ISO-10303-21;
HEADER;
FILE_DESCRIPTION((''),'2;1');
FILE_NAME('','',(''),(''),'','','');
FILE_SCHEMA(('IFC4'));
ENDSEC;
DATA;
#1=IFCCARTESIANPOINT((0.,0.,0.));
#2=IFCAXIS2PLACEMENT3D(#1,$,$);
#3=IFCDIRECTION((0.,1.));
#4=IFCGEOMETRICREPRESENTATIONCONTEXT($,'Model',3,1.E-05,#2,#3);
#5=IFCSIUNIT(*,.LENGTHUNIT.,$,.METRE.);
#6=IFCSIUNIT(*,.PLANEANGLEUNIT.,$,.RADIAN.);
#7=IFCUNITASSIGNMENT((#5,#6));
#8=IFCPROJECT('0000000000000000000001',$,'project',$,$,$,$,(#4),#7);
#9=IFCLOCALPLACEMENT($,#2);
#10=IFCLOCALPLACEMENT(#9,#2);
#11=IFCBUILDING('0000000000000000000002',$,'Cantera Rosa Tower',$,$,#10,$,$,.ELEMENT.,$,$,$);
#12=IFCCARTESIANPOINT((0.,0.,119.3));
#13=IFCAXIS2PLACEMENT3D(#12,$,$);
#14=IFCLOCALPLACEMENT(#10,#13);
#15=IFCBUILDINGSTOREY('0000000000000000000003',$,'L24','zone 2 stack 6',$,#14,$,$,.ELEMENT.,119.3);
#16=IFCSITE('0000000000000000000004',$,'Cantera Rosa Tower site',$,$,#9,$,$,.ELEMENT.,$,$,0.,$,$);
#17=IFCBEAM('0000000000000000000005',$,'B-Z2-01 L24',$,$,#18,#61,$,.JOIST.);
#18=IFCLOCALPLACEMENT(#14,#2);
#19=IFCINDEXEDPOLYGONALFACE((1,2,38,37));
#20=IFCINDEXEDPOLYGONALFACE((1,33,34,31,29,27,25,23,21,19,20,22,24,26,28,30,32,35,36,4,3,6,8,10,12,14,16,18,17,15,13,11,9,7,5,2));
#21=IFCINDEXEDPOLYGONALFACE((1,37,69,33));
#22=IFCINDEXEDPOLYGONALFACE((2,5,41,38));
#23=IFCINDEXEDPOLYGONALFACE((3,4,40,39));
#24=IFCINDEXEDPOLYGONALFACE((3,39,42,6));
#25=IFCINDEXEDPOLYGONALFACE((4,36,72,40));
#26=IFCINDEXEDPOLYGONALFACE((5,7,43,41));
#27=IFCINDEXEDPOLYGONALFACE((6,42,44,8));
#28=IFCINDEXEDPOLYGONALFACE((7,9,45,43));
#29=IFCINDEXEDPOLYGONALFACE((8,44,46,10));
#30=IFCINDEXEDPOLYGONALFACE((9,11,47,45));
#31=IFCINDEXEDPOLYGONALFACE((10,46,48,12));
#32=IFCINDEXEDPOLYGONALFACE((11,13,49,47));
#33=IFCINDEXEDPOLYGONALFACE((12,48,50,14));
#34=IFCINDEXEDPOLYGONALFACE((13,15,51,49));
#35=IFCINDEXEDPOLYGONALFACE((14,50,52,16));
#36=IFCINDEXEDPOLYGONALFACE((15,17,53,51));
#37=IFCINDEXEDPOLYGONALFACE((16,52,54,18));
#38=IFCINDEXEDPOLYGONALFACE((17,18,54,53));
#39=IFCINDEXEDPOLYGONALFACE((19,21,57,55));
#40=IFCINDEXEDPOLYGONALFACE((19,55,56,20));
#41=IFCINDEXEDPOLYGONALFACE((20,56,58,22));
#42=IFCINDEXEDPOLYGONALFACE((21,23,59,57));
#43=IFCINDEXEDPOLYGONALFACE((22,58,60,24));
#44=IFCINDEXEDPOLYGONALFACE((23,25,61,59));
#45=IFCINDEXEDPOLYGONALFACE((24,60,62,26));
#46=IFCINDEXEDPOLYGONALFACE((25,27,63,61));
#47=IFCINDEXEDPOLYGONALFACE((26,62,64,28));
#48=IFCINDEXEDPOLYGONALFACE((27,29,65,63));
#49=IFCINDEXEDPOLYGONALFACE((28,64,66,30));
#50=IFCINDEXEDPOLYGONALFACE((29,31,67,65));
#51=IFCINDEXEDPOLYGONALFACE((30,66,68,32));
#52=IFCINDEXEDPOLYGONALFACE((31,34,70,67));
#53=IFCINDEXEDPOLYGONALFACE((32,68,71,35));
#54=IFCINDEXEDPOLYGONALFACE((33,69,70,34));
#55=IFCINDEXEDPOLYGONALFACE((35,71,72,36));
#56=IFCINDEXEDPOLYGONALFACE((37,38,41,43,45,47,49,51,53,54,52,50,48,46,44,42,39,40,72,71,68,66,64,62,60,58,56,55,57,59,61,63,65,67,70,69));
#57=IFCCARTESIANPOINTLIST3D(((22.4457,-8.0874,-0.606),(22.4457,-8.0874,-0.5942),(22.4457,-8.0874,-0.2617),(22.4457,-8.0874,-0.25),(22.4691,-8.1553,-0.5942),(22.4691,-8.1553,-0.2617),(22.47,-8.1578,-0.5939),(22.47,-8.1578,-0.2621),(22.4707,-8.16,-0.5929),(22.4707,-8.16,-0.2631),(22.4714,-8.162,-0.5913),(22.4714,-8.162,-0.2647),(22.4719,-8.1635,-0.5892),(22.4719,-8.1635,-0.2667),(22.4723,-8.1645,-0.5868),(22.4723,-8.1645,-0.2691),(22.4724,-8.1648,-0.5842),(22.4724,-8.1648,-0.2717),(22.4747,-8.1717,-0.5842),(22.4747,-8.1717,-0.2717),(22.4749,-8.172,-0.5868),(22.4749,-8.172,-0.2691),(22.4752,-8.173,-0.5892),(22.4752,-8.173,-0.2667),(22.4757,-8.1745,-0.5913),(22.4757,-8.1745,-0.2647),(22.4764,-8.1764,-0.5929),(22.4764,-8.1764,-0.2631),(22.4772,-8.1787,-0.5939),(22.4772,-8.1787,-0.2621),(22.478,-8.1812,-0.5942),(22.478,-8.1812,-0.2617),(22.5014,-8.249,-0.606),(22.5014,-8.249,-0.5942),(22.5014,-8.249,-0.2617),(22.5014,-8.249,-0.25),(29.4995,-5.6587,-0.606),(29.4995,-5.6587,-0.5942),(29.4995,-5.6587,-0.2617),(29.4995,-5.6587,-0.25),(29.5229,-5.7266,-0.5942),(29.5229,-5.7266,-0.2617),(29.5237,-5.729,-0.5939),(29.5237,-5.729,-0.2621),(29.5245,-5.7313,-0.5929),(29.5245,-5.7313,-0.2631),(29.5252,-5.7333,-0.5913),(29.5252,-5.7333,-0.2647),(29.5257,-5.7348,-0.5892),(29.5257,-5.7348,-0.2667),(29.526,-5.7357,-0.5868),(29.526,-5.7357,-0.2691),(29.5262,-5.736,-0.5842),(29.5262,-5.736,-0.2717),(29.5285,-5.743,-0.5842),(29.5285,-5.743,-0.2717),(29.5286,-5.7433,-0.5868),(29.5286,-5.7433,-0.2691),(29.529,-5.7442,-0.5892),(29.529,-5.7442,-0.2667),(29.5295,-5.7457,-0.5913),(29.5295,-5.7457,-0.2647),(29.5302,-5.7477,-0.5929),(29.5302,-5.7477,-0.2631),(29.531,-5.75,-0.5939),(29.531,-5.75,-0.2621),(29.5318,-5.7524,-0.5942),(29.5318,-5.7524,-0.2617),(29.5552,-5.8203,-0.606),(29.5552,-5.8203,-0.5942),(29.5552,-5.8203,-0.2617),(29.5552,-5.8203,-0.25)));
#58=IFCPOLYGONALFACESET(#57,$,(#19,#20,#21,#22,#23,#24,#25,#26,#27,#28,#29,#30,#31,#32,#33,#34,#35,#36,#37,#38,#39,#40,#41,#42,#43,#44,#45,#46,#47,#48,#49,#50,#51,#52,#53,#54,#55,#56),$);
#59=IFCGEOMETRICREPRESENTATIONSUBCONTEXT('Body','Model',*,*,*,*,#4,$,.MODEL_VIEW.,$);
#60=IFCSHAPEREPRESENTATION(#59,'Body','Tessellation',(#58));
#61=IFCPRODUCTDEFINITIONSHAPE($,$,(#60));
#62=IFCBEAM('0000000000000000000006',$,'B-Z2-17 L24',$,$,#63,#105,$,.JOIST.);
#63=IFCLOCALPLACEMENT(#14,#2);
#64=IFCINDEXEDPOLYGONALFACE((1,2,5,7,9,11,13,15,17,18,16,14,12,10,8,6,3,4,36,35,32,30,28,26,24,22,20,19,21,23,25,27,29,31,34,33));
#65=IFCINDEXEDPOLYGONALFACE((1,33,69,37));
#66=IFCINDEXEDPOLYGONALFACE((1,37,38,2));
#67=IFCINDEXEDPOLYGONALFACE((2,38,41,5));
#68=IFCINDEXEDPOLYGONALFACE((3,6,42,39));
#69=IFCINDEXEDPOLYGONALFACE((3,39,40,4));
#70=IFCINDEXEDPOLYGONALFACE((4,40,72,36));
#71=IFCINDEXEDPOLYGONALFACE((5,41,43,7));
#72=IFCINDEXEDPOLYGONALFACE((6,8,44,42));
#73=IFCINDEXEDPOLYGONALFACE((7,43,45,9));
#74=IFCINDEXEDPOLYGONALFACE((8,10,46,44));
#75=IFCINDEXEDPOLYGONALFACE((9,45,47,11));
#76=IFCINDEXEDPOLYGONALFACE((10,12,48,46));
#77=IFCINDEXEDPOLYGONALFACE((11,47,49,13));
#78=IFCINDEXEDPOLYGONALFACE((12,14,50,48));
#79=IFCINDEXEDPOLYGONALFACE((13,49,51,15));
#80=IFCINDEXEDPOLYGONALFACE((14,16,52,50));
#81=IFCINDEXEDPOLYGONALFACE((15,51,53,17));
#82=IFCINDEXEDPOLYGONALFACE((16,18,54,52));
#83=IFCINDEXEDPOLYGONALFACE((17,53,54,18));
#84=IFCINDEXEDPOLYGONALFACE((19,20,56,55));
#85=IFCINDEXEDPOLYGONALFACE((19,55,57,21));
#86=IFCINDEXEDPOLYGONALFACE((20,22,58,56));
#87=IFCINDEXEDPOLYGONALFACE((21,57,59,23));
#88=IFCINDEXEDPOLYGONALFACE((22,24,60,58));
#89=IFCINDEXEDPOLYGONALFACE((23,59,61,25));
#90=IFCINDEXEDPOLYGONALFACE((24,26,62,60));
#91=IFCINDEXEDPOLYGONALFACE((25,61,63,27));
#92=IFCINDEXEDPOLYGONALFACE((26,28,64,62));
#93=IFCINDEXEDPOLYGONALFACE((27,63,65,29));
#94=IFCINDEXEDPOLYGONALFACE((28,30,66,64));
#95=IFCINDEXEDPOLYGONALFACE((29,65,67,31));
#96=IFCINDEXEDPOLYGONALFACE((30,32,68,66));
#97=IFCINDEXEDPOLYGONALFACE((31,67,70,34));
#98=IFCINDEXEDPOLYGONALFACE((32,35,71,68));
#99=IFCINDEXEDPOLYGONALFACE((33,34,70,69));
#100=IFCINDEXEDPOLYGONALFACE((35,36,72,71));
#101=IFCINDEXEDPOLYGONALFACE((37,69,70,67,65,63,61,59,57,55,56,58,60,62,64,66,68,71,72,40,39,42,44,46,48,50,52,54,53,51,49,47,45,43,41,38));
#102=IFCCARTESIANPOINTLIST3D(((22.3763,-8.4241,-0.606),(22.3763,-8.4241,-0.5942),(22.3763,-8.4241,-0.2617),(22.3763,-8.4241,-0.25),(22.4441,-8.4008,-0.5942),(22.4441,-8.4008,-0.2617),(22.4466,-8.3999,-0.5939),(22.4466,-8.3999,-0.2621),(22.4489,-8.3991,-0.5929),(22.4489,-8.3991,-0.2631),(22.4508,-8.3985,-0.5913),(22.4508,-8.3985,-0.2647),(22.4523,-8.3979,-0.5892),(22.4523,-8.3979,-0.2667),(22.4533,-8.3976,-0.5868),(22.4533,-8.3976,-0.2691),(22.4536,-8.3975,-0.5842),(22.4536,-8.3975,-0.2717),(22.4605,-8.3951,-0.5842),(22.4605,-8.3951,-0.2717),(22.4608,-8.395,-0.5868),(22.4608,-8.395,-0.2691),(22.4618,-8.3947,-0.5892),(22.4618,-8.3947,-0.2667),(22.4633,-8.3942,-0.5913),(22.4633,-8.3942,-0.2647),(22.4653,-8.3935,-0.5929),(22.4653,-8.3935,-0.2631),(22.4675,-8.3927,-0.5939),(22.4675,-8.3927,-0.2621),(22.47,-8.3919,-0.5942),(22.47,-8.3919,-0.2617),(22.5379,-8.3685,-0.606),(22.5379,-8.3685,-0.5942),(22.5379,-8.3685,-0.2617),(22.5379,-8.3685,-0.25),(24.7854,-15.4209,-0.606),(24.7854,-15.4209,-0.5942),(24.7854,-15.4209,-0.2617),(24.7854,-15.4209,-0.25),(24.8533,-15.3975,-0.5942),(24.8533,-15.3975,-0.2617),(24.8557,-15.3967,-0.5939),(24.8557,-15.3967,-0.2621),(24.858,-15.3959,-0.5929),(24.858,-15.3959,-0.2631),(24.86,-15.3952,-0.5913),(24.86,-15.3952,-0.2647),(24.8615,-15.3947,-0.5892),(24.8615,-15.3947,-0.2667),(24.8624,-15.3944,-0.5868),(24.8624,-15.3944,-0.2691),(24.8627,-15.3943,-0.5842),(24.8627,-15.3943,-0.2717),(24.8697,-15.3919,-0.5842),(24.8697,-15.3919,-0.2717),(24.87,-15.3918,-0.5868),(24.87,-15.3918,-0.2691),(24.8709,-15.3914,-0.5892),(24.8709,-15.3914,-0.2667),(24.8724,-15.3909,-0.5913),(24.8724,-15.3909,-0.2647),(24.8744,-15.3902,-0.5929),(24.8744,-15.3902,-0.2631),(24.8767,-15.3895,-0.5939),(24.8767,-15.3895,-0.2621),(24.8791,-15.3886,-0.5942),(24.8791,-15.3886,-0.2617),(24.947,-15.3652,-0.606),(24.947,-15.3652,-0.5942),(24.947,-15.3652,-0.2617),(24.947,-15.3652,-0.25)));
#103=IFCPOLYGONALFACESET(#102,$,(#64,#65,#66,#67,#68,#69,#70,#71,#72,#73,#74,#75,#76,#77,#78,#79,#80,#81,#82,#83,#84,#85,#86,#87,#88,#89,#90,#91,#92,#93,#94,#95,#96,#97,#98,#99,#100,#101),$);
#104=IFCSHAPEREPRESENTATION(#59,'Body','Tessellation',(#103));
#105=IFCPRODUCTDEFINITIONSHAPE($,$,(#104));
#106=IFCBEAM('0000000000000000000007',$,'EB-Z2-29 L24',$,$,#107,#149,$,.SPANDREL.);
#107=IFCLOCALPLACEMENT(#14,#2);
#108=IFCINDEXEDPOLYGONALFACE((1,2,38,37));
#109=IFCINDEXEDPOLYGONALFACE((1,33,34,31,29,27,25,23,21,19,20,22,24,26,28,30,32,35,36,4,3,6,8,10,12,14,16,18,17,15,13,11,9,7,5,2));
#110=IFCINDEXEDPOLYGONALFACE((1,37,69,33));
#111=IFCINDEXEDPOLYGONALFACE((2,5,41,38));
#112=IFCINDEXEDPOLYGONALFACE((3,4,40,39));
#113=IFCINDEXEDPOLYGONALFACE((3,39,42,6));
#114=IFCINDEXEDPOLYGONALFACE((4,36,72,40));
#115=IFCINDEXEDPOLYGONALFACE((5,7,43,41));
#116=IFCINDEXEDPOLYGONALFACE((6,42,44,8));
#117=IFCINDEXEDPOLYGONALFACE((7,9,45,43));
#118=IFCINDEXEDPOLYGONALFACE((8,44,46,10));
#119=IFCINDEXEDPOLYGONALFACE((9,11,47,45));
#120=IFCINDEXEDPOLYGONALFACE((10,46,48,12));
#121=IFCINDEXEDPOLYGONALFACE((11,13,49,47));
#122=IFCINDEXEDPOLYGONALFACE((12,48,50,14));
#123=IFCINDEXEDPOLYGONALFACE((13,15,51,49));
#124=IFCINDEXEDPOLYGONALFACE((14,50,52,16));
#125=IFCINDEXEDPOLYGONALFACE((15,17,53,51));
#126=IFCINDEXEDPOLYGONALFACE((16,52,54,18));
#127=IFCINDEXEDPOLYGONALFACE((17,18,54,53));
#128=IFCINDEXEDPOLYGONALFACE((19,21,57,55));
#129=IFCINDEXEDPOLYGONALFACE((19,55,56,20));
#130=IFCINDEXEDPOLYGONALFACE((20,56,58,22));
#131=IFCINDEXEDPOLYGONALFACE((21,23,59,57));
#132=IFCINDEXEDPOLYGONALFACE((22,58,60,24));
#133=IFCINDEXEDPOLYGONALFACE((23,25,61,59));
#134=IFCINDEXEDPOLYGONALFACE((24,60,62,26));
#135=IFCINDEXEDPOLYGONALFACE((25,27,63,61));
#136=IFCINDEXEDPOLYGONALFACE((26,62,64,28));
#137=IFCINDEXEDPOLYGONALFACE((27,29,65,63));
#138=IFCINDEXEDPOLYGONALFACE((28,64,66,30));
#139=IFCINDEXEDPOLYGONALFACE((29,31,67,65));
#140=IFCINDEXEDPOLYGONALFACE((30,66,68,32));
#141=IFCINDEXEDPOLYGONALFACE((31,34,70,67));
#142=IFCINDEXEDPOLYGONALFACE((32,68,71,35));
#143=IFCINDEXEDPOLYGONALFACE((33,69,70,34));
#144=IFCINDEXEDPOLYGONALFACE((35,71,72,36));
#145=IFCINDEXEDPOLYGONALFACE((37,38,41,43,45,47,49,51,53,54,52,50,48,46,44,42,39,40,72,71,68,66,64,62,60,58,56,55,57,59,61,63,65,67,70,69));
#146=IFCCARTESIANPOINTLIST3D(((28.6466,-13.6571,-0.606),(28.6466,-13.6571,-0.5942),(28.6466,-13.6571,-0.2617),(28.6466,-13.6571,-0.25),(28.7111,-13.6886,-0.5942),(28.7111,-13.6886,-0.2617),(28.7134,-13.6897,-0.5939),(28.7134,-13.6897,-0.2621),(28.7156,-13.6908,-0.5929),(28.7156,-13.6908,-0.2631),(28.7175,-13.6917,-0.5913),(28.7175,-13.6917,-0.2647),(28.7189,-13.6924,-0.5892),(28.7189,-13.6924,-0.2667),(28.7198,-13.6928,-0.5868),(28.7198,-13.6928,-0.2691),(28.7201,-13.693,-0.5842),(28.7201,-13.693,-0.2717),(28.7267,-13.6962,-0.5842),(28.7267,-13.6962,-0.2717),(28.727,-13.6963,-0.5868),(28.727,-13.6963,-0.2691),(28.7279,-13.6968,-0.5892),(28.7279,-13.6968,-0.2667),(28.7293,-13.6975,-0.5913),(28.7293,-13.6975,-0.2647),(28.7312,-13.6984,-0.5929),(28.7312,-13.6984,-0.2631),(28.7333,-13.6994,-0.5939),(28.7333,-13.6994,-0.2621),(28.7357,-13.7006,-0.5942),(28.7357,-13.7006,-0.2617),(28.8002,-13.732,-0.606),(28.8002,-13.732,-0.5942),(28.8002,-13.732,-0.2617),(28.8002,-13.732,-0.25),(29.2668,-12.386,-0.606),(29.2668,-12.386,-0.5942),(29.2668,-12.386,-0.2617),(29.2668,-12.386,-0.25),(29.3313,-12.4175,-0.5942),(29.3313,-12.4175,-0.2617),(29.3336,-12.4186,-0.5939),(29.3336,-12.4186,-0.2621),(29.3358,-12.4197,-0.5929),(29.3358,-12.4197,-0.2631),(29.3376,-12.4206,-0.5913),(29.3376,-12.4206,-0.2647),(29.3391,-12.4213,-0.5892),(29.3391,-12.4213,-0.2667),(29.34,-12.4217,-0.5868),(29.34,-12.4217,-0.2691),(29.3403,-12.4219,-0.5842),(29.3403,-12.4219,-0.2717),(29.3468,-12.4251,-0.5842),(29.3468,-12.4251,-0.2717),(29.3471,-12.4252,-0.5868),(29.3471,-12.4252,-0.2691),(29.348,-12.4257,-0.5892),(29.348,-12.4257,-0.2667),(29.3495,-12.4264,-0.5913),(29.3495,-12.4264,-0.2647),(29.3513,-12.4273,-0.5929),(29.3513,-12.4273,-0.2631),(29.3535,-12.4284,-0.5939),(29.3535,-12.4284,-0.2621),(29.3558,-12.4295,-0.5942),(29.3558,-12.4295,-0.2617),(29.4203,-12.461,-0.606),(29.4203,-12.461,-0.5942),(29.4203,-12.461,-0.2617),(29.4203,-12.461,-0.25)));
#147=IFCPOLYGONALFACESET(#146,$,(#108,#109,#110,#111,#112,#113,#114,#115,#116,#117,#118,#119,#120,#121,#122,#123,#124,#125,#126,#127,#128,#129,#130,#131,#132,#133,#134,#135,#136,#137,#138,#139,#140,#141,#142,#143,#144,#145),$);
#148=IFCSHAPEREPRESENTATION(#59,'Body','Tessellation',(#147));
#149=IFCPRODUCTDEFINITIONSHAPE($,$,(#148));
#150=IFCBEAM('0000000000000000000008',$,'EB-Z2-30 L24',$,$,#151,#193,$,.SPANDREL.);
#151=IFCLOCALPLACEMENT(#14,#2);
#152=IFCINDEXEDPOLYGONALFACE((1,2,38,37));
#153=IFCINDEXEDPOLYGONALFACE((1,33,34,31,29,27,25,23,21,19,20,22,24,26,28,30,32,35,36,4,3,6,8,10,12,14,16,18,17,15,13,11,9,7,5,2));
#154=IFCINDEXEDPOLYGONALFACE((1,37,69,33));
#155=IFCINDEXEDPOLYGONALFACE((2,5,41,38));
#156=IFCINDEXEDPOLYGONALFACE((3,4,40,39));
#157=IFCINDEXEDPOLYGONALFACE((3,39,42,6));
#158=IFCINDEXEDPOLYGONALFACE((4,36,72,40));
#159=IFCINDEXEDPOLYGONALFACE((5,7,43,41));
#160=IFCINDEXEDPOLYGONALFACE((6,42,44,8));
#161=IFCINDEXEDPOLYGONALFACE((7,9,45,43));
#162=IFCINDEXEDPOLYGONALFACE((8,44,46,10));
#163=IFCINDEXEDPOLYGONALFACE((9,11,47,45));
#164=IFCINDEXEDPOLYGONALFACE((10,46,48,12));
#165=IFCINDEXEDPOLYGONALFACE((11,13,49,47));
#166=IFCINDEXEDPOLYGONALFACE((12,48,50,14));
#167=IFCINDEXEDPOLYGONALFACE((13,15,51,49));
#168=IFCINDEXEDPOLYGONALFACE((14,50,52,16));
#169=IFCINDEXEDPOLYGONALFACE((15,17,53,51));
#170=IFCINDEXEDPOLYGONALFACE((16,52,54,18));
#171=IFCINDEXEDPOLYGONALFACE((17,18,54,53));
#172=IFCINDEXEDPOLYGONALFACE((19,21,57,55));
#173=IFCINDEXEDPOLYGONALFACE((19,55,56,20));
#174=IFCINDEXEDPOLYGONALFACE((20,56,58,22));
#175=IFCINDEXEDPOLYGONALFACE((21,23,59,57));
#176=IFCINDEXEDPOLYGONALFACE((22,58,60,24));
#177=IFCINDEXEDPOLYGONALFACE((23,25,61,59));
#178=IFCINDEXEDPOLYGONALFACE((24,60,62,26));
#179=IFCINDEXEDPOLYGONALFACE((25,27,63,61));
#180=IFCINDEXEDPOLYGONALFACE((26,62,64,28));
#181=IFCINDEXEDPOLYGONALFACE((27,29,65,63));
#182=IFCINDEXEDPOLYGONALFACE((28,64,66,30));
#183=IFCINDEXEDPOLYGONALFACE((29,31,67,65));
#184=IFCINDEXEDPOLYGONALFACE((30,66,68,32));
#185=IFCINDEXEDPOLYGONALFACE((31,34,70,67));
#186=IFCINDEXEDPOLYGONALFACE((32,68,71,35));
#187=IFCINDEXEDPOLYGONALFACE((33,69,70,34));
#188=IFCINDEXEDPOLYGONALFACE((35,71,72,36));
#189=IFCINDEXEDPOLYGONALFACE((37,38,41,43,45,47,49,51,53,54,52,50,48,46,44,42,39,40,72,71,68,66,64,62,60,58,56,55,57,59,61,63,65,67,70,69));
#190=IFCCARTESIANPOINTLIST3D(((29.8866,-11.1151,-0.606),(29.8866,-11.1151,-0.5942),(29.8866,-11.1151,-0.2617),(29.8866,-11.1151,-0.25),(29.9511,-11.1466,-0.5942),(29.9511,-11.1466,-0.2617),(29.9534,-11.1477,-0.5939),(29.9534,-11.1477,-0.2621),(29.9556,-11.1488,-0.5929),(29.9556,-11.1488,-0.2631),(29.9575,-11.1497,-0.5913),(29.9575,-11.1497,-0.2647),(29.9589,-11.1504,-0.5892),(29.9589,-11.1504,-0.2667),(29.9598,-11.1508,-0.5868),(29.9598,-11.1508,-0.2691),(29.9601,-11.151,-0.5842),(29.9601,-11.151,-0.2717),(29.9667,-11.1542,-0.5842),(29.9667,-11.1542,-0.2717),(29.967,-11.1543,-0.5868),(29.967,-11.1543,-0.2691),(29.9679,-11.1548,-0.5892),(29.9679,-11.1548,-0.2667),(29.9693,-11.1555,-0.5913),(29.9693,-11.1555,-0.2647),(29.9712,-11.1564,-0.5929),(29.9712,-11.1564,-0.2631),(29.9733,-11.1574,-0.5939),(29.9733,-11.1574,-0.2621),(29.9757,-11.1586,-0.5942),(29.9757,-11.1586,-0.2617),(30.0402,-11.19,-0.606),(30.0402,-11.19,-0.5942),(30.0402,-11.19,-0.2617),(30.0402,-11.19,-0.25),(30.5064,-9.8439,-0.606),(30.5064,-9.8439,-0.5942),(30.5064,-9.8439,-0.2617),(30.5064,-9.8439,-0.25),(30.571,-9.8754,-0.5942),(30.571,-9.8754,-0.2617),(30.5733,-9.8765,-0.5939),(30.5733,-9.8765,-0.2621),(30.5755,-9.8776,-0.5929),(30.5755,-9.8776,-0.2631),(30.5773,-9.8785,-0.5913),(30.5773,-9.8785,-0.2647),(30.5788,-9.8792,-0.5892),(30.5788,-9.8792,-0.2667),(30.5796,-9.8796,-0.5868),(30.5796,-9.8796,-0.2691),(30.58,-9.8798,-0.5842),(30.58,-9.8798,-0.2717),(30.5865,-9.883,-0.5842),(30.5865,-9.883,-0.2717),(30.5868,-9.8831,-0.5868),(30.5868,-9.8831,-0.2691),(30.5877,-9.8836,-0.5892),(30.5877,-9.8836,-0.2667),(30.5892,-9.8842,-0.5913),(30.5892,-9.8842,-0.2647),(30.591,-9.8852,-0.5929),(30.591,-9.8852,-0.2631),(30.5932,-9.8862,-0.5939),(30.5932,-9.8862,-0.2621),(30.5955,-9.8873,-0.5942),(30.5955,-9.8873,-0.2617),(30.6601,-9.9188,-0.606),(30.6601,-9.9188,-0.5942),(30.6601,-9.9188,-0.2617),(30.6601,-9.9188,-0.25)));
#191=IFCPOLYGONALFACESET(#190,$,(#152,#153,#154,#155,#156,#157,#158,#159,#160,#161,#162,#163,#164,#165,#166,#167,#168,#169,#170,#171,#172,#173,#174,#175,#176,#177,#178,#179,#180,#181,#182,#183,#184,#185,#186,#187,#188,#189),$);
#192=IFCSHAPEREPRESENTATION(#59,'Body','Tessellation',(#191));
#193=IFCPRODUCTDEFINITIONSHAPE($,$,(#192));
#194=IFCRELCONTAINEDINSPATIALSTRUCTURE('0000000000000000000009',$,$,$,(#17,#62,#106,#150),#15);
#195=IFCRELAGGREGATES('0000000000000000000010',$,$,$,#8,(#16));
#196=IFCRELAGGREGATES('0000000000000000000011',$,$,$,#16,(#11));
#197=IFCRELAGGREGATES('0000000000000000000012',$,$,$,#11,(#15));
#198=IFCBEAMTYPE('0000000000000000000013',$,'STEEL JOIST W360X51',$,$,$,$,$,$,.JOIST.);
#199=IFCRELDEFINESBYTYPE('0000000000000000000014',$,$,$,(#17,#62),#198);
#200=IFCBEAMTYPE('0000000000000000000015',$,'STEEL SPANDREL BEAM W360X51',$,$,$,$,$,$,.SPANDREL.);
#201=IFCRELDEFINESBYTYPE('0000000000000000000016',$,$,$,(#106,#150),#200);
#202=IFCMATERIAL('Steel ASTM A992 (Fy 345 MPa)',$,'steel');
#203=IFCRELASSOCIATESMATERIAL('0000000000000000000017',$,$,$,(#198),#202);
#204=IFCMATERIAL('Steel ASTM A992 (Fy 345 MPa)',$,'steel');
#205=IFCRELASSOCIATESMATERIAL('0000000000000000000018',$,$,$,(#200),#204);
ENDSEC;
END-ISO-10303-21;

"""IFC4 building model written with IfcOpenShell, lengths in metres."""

from ifc_helpers import new_model, si_unit, direction, frame, origin, origin_2d, place, context, subcontext, project, spatial, i_section, extrude, material, material_profile, profile_set, type_object, element, save


model = new_model("IFC4")

# Units and contexts
model_context = context("Model", 3, precision=1e-05, world=origin(), true_north=direction((0.0, 1.0)))
body_context = subcontext(model_context, "Body", "Model", "MODEL_VIEW")
ifc_project = project(units=[si_unit("LENGTHUNIT", "METRE"), si_unit("PLANEANGLEUNIT", "RADIAN")], contexts=[model_context])

# Site, building, storey
site_placement = place(None, origin())
site = spatial("IfcSite", under=ifc_project, at=site_placement, Name="Cantera Rosa Tower site", CompositionType="ELEMENT", RefElevation=0.0)
building_placement = place(site_placement, origin())
building = spatial("IfcBuilding", under=site, at=building_placement, Name="Cantera Rosa Tower", CompositionType="ELEMENT")
storey_placement = place(building_placement, frame((0.0, 0.0, 119.3)))
storey = spatial("IfcBuildingStorey", under=building, at=storey_placement, Name="L24", Description="zone 2 stack 6", CompositionType="ELEMENT", Elevation=119.3)

# Beams
ifc_material_1 = material(Name="Steel ASTM A992 (Fy 345 MPa)", Category="steel")
ifc_material_profile_1 = material_profile(ifc_material_1, i_section(OverallWidth=0.1709, OverallDepth=0.356, WebThickness=0.0073, FlangeThickness=0.0117, FilletRadius=0.01, at=origin_2d()), Name="W360X51")
ifc_profile_set_1 = profile_set([ifc_material_profile_1], Name="Steel ASTM A992 (Fy 345 MPa)")
beam_type_1 = type_object("IfcBeamType", Name="STEEL JOIST W360X51", PredefinedType="JOIST", material=ifc_profile_set_1)
beam_1_placement = place(storey_placement, frame((29.5273, -5.7395, -0.428), z_axis=(-0.945522, -0.325559, 0.0), x_axis=(0.325559, -0.945522, 0.0)))
element("IfcBeam", 1, at=beam_1_placement, inside=storey, type_object=beam_type_1, Name="B-Z2-01 L24", PredefinedType="JOIST", context=body_context, shape_type="SweptSolid", body=[
    extrude(i_section(OverallWidth=0.1709, OverallDepth=0.356, WebThickness=0.0073, FlangeThickness=0.0117, FilletRadius=0.01, at=origin_2d()), origin(), (0.0, 0.0, 1.0), 7.4602),
])
beam_2_placement = place(storey_placement, frame((24.8662, -15.3931, -0.428), z_axis=(-0.325566, 0.945519, 0.0), x_axis=(-0.945519, -0.325566, 0.0)))
element("IfcBeam", 2, at=beam_2_placement, inside=storey, type_object=beam_type_1, Name="B-Z2-17 L24", PredefinedType="JOIST", context=body_context, shape_type="SweptSolid", body=[
    extrude(i_section(OverallWidth=0.1709, OverallDepth=0.356, WebThickness=0.0073, FlangeThickness=0.0117, FilletRadius=0.01, at=origin_2d()), origin(), (0.0, 0.0, 1.0), 7.3999),
])
ifc_material_2 = material(Name="Steel ASTM A992 (Fy 345 MPa)", Category="steel")
ifc_material_profile_2 = material_profile(ifc_material_2, i_section(OverallWidth=0.1709, OverallDepth=0.356, WebThickness=0.0073, FlangeThickness=0.0117, FilletRadius=0.01, at=origin_2d()), Name="W360X51")
ifc_profile_set_2 = profile_set([ifc_material_profile_2], Name="Steel ASTM A992 (Fy 345 MPa)")
beam_type_2 = type_object("IfcBeamType", Name="STEEL SPANDREL BEAM W360X51", PredefinedType="SPANDREL", material=ifc_profile_set_2)
for number, where, z_axis, x_axis, name in (
    (3, (28.7234, -13.6946, -0.428), (0.438492, 0.898735, 0.0), (-0.898735, 0.438492, 0.0), "EB-Z2-29 L24"),
    (4, (29.9634, -11.1526, -0.428), (0.438284, 0.898836, 0.0), (-0.898836, 0.438284, 0.0), "EB-Z2-30 L24"),
):
    element("IfcBeam", number, at=place(storey_placement, frame(where, z_axis=z_axis, x_axis=x_axis)), inside=storey, type_object=beam_type_2, Name=name, PredefinedType="SPANDREL", context=body_context, shape_type="SweptSolid", body=[
        extrude(i_section(OverallWidth=0.1709, OverallDepth=0.356, WebThickness=0.0073, FlangeThickness=0.0117, FilletRadius=0.01, at=origin_2d()), origin(), (0.0, 0.0, 1.0), 1.4143),
    ])

save(model, "model.ifc")
